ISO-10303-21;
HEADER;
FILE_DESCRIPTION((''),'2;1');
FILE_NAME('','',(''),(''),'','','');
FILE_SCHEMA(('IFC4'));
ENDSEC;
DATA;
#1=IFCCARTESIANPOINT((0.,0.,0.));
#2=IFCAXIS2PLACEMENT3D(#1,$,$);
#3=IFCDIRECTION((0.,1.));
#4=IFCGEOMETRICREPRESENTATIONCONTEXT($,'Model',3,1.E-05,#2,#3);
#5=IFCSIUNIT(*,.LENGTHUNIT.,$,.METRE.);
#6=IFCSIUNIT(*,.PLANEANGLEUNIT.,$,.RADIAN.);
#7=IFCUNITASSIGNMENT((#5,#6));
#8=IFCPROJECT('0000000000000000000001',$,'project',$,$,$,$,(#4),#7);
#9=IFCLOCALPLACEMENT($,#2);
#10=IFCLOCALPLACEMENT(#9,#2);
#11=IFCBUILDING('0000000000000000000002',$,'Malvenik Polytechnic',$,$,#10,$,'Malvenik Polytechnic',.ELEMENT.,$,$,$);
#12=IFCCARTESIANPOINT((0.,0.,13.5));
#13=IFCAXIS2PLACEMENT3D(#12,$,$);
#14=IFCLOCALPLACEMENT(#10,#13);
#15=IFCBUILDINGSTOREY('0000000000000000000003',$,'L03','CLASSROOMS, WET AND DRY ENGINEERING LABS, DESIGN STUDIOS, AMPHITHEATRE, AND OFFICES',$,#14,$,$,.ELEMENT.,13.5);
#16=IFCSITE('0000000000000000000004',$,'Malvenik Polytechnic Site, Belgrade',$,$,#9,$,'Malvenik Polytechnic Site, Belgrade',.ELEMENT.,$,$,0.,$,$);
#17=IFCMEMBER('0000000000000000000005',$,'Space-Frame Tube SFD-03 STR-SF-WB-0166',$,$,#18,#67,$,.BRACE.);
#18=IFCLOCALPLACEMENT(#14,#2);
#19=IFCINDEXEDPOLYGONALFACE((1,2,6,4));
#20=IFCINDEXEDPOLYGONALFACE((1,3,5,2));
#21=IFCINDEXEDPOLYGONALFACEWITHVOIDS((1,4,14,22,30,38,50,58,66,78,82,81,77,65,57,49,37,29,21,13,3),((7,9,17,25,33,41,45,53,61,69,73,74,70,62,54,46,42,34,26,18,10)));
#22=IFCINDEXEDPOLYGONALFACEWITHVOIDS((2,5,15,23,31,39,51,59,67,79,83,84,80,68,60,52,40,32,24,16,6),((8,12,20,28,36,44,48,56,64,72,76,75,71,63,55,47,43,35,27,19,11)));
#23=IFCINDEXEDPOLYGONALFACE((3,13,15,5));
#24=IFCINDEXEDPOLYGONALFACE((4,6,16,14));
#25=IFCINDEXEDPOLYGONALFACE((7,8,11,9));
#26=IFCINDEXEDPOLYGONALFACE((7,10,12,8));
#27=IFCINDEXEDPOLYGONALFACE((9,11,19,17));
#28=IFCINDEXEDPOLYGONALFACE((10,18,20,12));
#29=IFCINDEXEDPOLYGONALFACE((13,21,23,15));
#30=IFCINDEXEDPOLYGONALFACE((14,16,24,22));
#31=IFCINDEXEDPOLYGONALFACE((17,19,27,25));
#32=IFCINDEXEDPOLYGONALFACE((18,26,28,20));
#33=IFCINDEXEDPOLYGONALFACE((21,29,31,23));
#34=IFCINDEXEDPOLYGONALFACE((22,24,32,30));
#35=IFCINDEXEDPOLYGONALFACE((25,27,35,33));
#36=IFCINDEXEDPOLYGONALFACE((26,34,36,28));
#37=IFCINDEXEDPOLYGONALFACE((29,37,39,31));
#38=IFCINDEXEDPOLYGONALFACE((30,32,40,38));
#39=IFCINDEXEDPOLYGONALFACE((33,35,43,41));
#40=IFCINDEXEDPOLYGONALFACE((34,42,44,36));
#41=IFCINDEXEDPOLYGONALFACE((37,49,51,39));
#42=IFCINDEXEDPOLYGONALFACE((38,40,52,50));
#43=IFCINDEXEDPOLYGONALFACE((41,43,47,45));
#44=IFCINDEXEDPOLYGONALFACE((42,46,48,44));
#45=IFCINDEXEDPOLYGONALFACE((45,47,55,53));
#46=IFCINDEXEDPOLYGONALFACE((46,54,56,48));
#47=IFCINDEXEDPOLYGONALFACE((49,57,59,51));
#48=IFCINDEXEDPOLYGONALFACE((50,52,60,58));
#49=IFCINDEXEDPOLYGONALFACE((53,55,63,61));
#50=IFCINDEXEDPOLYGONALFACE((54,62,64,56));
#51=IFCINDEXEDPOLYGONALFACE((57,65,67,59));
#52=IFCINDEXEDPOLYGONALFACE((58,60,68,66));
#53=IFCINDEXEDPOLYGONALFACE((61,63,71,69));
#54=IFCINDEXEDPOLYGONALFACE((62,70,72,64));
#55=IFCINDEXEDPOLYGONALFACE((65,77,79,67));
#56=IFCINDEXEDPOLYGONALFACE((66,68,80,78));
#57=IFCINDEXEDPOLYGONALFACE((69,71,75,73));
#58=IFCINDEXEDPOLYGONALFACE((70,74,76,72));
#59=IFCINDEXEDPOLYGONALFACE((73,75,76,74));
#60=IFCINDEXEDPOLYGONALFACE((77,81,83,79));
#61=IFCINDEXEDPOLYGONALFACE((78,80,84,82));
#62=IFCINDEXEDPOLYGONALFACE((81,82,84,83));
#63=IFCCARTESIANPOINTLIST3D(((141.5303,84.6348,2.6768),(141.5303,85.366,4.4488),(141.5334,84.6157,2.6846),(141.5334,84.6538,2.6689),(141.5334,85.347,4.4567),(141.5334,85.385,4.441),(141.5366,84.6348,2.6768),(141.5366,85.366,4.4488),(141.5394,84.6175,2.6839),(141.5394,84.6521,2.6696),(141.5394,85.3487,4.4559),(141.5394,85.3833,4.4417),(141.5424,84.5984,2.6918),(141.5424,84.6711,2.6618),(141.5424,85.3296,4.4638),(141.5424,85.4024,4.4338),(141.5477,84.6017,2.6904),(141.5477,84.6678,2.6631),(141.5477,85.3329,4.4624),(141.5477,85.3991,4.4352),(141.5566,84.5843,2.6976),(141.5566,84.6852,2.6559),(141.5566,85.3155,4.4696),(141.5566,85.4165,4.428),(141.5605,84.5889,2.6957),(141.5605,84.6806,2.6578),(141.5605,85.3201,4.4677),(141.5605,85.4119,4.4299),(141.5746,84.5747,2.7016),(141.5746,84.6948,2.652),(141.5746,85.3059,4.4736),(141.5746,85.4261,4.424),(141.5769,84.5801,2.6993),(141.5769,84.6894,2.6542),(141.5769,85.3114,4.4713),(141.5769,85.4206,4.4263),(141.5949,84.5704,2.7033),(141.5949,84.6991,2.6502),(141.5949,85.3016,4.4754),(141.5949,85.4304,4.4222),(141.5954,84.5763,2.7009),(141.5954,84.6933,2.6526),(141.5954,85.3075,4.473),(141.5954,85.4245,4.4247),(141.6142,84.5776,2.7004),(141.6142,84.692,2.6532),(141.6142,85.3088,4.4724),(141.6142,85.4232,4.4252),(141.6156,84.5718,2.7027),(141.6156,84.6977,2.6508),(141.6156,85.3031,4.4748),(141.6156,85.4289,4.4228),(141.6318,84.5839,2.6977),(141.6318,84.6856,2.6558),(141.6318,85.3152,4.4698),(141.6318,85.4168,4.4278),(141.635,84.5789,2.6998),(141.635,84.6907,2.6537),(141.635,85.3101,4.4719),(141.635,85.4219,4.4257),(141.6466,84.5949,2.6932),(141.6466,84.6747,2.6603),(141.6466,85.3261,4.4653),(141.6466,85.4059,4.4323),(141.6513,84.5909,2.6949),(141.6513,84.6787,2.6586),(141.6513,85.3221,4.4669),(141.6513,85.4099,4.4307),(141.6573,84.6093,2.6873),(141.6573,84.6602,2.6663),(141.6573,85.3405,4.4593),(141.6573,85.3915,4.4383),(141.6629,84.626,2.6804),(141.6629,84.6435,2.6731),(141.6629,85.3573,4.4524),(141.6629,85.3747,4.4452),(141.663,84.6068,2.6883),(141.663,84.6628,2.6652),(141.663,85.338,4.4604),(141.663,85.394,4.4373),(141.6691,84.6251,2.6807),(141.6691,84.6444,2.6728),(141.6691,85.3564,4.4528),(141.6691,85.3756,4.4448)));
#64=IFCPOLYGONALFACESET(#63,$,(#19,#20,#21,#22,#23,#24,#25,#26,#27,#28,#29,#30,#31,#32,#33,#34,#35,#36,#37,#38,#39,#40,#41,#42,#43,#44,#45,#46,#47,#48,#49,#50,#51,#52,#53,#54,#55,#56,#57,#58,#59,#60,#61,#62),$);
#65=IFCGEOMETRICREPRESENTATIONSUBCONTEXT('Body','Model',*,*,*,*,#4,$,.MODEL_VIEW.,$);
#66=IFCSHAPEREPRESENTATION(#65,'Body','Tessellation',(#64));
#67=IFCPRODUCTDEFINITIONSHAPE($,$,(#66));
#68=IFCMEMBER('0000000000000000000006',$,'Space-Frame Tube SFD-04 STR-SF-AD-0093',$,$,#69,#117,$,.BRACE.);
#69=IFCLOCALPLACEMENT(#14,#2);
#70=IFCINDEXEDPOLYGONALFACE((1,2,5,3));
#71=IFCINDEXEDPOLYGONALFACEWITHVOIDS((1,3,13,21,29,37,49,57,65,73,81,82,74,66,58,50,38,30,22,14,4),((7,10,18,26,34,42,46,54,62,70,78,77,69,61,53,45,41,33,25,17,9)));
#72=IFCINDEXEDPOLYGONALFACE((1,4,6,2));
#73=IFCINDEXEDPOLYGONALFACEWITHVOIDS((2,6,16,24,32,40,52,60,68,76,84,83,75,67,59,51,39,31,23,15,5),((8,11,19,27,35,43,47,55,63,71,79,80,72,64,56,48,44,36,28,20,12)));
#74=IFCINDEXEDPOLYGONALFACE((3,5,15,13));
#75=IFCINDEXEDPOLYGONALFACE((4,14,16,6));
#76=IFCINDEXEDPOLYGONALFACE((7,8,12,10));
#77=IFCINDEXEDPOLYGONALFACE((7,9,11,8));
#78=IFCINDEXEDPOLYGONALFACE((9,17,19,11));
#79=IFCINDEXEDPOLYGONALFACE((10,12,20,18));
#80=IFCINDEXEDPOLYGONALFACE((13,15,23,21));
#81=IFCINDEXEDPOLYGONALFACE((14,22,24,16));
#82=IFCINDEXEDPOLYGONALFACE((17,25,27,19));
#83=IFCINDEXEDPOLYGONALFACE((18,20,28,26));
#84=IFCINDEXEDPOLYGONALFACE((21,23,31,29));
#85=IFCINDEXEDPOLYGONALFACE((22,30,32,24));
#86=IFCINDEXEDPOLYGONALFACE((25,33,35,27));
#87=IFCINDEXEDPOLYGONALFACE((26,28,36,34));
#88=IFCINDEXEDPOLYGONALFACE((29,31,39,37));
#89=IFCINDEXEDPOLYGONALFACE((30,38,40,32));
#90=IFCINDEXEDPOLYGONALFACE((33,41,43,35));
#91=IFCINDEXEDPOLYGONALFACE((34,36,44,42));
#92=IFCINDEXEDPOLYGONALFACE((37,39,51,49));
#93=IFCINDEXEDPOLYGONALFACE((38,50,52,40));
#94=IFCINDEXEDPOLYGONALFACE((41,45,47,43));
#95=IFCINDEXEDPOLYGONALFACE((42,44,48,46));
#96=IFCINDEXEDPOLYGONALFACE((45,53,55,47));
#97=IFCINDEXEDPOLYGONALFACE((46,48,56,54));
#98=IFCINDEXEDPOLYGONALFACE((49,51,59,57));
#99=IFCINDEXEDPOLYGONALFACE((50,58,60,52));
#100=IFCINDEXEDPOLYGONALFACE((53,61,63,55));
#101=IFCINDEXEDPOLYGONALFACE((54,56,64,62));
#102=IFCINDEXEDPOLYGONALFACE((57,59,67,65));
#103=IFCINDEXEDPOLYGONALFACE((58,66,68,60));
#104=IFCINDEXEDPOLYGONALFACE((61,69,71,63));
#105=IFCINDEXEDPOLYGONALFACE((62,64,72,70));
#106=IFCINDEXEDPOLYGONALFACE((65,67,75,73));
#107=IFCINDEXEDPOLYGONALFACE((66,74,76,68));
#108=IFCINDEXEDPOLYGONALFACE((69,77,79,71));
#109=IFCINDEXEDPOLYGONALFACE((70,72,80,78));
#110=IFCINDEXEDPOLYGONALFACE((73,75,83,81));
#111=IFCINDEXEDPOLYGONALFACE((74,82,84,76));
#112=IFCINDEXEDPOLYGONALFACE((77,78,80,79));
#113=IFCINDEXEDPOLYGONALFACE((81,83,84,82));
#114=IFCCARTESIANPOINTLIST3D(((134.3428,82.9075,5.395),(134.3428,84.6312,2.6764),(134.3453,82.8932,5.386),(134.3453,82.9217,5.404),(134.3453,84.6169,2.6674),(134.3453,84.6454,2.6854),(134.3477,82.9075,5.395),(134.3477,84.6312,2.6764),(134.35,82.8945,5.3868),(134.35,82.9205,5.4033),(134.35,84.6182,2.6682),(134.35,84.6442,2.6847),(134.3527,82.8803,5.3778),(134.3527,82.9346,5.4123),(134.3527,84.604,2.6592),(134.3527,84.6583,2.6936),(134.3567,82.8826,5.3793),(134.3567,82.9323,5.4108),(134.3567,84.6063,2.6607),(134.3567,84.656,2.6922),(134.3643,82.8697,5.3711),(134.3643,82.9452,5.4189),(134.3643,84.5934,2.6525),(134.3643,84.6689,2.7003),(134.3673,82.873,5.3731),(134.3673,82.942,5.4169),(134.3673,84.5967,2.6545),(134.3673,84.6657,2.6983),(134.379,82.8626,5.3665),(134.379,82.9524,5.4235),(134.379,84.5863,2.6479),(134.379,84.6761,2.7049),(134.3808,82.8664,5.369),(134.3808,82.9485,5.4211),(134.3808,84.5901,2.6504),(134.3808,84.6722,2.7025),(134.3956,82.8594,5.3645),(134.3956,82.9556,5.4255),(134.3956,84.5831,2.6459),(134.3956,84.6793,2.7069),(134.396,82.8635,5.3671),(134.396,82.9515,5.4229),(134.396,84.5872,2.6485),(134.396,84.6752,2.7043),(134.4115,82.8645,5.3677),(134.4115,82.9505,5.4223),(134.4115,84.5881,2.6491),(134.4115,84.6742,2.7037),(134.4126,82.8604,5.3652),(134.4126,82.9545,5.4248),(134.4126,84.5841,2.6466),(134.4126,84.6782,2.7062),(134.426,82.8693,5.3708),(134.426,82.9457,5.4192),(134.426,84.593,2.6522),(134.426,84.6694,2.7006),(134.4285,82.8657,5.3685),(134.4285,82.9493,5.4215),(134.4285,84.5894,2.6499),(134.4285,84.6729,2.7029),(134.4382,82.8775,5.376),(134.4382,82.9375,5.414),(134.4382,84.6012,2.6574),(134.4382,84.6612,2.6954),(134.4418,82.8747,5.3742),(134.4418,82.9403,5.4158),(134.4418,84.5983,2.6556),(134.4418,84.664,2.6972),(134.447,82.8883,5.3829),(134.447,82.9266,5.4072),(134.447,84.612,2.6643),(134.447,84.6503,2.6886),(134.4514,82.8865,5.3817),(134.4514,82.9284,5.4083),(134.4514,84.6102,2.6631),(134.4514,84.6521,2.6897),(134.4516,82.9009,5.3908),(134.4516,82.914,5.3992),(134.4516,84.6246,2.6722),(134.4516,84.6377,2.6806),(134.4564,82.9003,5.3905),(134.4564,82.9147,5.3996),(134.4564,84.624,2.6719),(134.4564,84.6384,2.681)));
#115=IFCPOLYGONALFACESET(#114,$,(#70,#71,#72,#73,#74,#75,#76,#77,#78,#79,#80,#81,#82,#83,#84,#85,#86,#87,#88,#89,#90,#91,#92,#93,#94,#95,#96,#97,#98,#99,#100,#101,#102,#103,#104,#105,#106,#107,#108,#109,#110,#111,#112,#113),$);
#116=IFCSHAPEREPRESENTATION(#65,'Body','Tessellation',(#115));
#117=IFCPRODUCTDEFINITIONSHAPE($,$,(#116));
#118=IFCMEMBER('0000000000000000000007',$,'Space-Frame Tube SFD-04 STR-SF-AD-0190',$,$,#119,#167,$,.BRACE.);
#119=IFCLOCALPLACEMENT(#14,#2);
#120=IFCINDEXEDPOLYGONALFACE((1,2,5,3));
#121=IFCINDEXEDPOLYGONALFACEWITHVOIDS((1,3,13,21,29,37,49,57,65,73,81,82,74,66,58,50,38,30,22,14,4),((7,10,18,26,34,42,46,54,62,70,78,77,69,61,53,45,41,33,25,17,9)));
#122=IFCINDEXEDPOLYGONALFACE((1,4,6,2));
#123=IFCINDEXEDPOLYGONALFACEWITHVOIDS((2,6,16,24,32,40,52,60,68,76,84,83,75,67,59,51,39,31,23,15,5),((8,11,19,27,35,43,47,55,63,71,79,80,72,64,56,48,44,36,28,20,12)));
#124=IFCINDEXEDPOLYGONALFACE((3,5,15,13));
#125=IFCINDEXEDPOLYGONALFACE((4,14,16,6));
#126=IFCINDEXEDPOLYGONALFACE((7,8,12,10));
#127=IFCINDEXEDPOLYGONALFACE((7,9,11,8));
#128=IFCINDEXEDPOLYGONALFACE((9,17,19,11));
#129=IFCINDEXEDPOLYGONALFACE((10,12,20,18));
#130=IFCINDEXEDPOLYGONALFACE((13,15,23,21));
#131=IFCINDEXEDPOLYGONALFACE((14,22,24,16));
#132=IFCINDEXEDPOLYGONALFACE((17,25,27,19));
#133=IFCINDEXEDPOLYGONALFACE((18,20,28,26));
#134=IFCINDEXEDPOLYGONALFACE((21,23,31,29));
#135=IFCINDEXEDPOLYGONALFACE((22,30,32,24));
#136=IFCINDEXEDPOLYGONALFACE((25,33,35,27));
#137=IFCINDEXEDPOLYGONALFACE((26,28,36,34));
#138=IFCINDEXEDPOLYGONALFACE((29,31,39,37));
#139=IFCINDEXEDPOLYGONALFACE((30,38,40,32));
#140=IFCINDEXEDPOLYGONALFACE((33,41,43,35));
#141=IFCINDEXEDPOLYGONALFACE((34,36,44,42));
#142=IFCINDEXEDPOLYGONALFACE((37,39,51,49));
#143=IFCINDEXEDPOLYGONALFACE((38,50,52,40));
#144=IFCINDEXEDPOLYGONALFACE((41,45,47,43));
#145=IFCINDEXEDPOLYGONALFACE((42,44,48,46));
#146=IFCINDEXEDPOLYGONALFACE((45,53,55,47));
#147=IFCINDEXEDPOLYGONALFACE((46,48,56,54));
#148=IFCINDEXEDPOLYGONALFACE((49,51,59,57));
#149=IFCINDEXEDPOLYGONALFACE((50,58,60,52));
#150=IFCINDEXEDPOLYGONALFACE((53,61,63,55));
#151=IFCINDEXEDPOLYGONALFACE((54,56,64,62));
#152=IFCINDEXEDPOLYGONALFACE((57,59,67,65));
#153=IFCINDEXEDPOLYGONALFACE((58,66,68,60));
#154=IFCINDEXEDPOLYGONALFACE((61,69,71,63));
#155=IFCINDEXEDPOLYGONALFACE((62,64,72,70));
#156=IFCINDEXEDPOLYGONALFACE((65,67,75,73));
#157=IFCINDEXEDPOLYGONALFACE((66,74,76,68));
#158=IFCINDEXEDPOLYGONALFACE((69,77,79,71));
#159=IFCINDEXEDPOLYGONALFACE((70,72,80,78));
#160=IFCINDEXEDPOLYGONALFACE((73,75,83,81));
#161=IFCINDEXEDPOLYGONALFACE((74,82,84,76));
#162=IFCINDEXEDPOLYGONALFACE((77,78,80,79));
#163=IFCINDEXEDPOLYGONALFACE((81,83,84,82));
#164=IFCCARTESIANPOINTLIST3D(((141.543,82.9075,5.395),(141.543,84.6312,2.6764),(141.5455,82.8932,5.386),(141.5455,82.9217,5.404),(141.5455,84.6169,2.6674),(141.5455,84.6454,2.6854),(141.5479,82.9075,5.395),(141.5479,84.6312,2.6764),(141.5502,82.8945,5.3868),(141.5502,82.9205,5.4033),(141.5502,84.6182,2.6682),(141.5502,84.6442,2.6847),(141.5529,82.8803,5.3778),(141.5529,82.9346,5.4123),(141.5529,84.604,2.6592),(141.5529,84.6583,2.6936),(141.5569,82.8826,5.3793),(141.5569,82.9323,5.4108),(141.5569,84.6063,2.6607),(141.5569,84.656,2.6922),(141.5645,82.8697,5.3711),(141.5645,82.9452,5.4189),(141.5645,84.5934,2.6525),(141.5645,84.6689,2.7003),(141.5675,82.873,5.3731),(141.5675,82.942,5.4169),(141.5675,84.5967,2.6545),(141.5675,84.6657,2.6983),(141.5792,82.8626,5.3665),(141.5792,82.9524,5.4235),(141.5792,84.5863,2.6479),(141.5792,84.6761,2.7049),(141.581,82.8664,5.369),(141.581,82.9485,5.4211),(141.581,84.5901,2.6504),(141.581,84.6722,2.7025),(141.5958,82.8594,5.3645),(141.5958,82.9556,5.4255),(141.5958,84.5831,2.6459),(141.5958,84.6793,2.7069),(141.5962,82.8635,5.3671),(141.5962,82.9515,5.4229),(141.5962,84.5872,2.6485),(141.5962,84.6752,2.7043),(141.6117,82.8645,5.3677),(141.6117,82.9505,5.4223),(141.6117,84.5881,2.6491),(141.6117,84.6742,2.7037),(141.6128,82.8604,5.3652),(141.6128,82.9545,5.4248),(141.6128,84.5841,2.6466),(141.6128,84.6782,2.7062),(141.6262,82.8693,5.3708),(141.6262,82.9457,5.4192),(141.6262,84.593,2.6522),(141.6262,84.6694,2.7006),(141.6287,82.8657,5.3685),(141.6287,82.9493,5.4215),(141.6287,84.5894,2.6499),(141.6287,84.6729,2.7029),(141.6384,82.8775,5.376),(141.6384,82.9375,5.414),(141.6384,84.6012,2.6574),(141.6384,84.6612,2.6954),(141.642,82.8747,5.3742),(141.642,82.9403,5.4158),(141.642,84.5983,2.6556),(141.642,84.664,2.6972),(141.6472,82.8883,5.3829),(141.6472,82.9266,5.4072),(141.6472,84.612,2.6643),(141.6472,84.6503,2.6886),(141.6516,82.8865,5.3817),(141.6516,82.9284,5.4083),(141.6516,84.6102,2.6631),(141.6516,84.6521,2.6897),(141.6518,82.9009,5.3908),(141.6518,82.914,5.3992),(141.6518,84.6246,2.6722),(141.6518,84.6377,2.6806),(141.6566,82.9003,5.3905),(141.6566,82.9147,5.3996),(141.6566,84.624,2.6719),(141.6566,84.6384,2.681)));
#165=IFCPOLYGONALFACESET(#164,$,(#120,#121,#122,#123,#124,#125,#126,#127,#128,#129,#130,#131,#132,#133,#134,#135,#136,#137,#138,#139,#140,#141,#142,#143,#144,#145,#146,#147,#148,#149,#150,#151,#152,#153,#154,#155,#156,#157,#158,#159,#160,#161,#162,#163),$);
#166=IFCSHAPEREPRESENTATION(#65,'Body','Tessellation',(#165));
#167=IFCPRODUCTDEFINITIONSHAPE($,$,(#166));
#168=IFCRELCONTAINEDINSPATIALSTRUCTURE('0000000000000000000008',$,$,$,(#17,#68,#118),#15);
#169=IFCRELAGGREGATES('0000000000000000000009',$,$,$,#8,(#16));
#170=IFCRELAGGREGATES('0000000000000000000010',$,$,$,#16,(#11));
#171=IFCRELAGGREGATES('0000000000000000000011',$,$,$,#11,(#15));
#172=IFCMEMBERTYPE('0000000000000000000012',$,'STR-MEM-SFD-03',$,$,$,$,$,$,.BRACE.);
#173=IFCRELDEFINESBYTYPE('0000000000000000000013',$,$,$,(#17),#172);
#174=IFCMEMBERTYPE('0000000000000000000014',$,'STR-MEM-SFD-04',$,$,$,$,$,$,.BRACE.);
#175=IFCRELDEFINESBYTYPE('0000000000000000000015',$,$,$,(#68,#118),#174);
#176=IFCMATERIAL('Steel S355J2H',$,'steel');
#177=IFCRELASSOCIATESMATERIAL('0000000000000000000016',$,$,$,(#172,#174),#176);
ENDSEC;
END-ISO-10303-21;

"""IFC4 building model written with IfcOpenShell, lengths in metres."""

from ifc_helpers import new_model, si_unit, direction, frame, origin, origin_2d, place, context, subcontext, project, spatial, hollow_circle, extrude, material, material_profile, profile_set, type_object, element, save


model = new_model("IFC4")

# Units and contexts
model_context = context("Model", 3, precision=1e-05, world=origin(), true_north=direction((0.0, 1.0)))
body_context = subcontext(model_context, "Body", "Model", "MODEL_VIEW")
ifc_project = project(units=[si_unit("LENGTHUNIT", "METRE"), si_unit("PLANEANGLEUNIT", "RADIAN")], contexts=[model_context])

# Site, building, storey
site_placement = place(None, origin())
site = spatial("IfcSite", under=ifc_project, at=site_placement, Name="Malvenik Polytechnic Site, Belgrade", LongName="Malvenik Polytechnic Site, Belgrade", CompositionType="ELEMENT", RefElevation=0.0)
building_placement = place(site_placement, origin())
building = spatial("IfcBuilding", under=site, at=building_placement, Name="Malvenik Polytechnic", LongName="Malvenik Polytechnic", CompositionType="ELEMENT")
storey_placement = place(building_placement, frame((0.0, 0.0, 13.5)))
storey = spatial("IfcBuildingStorey", under=building, at=storey_placement, Name="L03", Description="CLASSROOMS, WET AND DRY ENGINEERING LABS, DESIGN STUDIOS, AMPHITHEATRE, AND OFFICES", CompositionType="ELEMENT", Elevation=13.5)

# Members
ifc_material_1 = material(Name="Steel S355J2H", Category="steel")
ifc_material_profile_1 = material_profile(ifc_material_1, hollow_circle(Radius=0.0698, WallThickness=0.0063, at=origin_2d()), Name="CHS 139.7x6.3")
ifc_profile_set_1 = profile_set([ifc_material_profile_1], Name="Steel S355J2H")
member_type_1 = type_object("IfcMemberType", Name="STR-MEM-SFD-03", PredefinedType="BRACE", material=ifc_profile_set_1)
for number, where, z_axis, x_axis, name in (
    (1, (141.6001, 84.6348, 2.6768), (0.0, 0.381448, 0.92439), (-1.0, 0.0, 0.0), "Space-Frame Tube SFD-03 STR-SF-WB-0166"),
):
    element("IfcMember", number, at=place(storey_placement, frame(where, z_axis=z_axis, x_axis=x_axis)), inside=storey, type_object=member_type_1, Name=name, PredefinedType="BRACE", context=body_context, shape_type="SweptSolid", body=[
        extrude(hollow_circle(Radius=0.0698, WallThickness=0.0063, at=origin_2d()), origin(), (0.0, 0.0, 1.0), 1.917),
    ])
ifc_material_profile_2 = material_profile(ifc_material_1, hollow_circle(Radius=0.0571, WallThickness=0.0049, at=origin_2d()), Name="CHS 114.3x5.0")
ifc_profile_set_2 = profile_set([ifc_material_profile_2], Name="Steel S355J2H")
member_type_2 = type_object("IfcMemberType", Name="STR-MEM-SFD-04", PredefinedType="BRACE", material=ifc_profile_set_2)
for number, where, z_axis, x_axis, name in (
    (2, (134.3999, 82.9075, 5.395), (0.0, 0.535476, -0.84455), (-1.0, 0.0, 0.0), "Space-Frame Tube SFD-04 STR-SF-AD-0093"),
    (3, (141.6001, 82.9075, 5.395), (0.0, 0.535476, -0.84455), (-1.0, 0.0, 0.0), "Space-Frame Tube SFD-04 STR-SF-AD-0190"),
):
    element("IfcMember", number, at=place(storey_placement, frame(where, z_axis=z_axis, x_axis=x_axis)), inside=storey, type_object=member_type_2, Name=name, PredefinedType="BRACE", context=body_context, shape_type="SweptSolid", body=[
        extrude(hollow_circle(Radius=0.0571, WallThickness=0.0049, at=origin_2d()), origin(), (0.0, 0.0, 1.0), 3.219),
    ])

save(model, "model.ifc")
